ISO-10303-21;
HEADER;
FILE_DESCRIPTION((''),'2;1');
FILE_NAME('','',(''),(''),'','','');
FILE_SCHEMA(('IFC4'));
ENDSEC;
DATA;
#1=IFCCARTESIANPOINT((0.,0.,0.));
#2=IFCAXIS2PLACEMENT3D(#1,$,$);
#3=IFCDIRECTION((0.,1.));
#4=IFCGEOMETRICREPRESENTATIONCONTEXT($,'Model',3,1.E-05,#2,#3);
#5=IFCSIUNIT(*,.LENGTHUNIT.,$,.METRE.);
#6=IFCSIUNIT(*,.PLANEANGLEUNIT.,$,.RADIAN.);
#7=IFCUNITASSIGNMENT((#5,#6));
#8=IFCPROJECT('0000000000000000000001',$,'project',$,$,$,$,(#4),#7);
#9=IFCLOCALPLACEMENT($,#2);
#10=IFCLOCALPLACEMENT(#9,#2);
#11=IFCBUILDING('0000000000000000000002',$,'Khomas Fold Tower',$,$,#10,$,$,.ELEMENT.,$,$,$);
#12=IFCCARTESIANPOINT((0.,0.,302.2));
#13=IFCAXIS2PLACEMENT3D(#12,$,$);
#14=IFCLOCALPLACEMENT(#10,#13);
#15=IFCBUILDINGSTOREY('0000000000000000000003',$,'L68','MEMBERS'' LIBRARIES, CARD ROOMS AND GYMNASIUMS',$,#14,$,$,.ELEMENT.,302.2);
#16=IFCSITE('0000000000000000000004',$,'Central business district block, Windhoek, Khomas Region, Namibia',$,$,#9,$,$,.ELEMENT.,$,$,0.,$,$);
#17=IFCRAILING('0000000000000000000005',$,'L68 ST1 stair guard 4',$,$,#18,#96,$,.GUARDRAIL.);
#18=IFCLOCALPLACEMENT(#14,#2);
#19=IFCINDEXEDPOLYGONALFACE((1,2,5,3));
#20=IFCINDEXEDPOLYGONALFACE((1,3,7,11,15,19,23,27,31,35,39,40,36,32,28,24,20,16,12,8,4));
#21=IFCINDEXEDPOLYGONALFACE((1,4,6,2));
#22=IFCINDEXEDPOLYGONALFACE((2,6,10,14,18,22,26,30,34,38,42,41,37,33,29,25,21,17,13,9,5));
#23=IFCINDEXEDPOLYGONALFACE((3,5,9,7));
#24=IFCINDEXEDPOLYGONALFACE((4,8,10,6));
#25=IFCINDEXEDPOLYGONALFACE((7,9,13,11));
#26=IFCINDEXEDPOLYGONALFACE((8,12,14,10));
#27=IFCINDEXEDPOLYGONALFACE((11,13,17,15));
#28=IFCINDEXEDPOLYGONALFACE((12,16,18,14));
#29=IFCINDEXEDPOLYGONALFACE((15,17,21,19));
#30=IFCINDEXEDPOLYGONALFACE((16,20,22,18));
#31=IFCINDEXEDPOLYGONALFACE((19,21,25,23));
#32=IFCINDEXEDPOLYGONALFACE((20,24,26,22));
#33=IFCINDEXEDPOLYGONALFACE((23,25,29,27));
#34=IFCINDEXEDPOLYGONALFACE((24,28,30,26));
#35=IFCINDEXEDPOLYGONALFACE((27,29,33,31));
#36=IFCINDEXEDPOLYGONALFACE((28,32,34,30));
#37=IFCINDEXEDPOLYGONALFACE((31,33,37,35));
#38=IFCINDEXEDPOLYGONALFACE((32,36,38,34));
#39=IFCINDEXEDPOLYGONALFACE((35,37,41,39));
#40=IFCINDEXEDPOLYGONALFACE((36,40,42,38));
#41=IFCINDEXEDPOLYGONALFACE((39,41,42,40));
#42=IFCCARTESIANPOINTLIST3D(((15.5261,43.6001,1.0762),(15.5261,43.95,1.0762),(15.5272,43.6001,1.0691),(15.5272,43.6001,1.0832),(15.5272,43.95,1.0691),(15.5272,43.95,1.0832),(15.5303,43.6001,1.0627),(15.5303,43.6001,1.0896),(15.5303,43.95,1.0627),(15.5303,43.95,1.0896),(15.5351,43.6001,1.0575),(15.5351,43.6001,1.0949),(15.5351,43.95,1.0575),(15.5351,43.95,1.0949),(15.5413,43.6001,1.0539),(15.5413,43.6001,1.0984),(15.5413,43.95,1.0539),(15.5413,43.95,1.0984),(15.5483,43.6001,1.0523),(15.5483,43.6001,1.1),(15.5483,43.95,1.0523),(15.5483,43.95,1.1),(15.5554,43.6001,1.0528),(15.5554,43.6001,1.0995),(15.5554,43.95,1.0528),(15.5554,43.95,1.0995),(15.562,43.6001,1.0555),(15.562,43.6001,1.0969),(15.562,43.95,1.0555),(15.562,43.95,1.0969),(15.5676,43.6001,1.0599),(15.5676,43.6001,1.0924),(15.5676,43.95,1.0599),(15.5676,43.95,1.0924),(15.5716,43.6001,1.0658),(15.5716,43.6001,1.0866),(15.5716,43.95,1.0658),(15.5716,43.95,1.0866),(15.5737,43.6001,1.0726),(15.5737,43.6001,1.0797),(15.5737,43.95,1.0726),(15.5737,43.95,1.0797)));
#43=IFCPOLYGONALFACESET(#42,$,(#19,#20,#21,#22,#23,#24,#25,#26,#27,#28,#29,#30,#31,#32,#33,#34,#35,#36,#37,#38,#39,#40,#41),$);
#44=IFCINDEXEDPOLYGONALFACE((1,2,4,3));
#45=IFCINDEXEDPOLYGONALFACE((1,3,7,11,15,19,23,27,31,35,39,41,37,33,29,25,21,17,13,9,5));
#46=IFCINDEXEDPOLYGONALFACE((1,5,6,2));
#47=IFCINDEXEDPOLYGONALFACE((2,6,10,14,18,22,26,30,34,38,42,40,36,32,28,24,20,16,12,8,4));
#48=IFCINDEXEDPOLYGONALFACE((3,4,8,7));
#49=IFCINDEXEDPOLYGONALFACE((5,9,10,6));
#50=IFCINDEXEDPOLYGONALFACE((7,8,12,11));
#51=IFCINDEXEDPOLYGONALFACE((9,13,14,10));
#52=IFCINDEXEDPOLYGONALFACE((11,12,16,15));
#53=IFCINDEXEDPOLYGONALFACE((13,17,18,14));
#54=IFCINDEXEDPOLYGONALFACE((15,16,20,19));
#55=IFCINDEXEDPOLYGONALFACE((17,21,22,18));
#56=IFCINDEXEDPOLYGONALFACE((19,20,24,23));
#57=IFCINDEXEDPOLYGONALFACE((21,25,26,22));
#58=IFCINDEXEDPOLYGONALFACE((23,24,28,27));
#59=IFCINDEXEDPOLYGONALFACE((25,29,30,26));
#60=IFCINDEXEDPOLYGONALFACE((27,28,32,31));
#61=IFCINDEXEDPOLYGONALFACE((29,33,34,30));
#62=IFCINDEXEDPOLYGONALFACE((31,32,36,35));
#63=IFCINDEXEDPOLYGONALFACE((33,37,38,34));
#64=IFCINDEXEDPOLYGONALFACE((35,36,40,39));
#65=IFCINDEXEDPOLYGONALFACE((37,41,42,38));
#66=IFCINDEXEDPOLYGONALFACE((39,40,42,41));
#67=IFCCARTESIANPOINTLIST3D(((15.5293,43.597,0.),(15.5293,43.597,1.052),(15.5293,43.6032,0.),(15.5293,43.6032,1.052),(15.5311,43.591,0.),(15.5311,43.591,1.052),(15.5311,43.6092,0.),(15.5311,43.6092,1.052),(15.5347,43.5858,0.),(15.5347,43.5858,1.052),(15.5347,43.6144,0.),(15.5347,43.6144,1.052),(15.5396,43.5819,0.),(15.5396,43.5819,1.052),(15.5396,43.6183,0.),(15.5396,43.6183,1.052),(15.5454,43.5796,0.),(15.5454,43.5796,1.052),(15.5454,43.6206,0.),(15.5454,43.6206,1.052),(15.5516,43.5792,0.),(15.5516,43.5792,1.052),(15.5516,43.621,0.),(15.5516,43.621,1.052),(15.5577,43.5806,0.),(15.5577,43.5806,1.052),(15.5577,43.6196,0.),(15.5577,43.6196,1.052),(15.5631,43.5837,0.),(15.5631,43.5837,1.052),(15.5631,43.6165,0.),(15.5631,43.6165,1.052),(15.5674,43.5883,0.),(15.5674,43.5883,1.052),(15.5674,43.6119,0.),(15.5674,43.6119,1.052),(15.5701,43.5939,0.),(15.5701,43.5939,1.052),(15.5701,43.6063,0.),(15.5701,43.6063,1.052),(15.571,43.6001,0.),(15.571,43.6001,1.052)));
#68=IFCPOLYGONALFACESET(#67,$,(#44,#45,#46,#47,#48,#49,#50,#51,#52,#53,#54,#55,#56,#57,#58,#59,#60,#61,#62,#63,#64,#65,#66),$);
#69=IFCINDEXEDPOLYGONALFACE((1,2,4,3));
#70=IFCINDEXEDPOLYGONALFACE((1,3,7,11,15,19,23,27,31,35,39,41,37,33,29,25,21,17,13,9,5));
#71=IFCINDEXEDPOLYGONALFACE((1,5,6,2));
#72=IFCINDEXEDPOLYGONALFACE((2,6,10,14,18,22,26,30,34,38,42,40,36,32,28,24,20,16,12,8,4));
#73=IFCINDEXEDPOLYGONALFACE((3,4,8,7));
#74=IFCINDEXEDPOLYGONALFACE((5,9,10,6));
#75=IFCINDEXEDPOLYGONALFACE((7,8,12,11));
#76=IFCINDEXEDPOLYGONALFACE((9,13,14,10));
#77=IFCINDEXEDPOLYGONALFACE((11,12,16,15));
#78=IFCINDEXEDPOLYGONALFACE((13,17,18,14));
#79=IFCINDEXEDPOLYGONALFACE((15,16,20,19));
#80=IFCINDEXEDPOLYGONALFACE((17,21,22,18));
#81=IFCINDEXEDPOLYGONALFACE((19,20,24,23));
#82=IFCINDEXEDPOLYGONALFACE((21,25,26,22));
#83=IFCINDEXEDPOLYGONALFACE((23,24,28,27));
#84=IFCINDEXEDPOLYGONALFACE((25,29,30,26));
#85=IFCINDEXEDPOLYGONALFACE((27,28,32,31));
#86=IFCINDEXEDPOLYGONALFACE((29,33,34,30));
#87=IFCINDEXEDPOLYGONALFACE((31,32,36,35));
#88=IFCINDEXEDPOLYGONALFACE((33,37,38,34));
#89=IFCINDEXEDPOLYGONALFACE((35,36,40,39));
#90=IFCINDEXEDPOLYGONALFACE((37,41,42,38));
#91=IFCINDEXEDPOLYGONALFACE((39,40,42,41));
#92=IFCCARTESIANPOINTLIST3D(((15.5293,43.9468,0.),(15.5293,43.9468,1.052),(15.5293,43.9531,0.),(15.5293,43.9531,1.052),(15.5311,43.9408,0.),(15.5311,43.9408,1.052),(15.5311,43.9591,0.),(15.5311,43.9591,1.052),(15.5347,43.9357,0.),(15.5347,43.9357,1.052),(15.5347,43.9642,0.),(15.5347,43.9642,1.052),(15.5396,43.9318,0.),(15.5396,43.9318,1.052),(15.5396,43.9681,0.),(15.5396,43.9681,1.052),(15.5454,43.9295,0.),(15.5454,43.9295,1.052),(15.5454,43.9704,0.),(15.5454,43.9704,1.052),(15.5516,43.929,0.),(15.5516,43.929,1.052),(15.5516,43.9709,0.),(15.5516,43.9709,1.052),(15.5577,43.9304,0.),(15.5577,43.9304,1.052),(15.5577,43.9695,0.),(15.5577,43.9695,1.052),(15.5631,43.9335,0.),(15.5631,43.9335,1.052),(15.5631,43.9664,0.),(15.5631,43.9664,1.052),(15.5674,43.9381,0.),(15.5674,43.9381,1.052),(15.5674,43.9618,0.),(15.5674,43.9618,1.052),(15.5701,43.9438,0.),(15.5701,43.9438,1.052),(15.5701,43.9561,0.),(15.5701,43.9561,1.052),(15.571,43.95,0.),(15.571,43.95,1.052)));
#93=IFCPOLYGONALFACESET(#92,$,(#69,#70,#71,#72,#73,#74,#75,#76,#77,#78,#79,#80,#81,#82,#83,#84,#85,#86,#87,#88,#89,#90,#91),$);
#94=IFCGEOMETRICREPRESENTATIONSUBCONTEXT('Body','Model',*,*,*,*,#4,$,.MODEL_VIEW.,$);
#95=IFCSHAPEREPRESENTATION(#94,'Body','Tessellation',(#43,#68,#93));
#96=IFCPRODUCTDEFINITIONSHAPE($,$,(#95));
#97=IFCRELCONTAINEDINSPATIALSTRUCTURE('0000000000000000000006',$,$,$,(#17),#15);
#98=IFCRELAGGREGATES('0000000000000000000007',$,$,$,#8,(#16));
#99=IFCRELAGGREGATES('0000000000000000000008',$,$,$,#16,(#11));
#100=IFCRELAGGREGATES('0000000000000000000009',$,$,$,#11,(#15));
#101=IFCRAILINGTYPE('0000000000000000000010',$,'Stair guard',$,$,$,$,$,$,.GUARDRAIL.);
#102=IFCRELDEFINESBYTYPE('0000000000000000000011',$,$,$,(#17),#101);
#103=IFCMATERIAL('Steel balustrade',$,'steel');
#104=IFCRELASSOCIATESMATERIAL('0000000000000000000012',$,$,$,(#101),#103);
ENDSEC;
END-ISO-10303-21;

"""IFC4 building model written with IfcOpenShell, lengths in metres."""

from ifc_helpers import new_model, si_unit, direction, frame, origin, origin_2d, place, context, subcontext, project, spatial, circle, extrude, source, transform, mapped, material, type_object, element, save


model = new_model("IFC4")

# Units and contexts
model_context = context("Model", 3, precision=1e-05, world=origin(), true_north=direction((0.0, 1.0)))
body_context = subcontext(model_context, "Body", "Model", "MODEL_VIEW")
ifc_project = project(units=[si_unit("LENGTHUNIT", "METRE"), si_unit("PLANEANGLEUNIT", "RADIAN")], contexts=[model_context])

# Site, building, storey
site_placement = place(None, origin())
site = spatial("IfcSite", under=ifc_project, at=site_placement, Name="Central business district block, Windhoek, Khomas Region, Namibia", CompositionType="ELEMENT", RefElevation=0.0)
building_placement = place(site_placement, origin())
building = spatial("IfcBuilding", under=site, at=building_placement, Name="Khomas Fold Tower", CompositionType="ELEMENT")
storey_placement = place(building_placement, frame((0.0, 0.0, 302.2)))
storey = spatial("IfcBuildingStorey", under=building, at=storey_placement, Name="L68", Description="MEMBERS' LIBRARIES, CARD ROOMS AND GYMNASIUMS", CompositionType="ELEMENT", Elevation=302.2)

# Railing
ifc_material_1 = material(Name="Steel balustrade", Category="steel")
railing_type_1 = type_object("IfcRailingType", Name="Stair guard", PredefinedType="GUARDRAIL", material=ifc_material_1)
shared_shape_1 = source(origin(), body_context, "Body", "SweptSolid", [
    extrude(circle(Radius=0.0239, at=origin_2d()), frame((0.0, 0.0, 1.0762), z_axis=(0.0, 1.0, 0.0), x_axis=(-1.0, 0.0, 0.0)), (0.0, 0.0, 1.0), 0.3499),
    extrude(circle(Radius=0.021, at=origin_2d()), origin(), (0.0, 0.0, 1.0), 1.052),
    extrude(circle(Radius=0.021, at=origin_2d()), frame((0.0, 0.3499, 0.0)), (0.0, 0.0, 1.0), 1.052),
])
railing_1_placement = place(storey_placement, frame((15.55, 43.6001, 0.0)))
element("IfcRailing", 1, at=railing_1_placement, inside=storey, type_object=railing_type_1, Name="L68 ST1 stair guard 4", PredefinedType="GUARDRAIL", context=body_context, shape_type="MappedRepresentation", body=[
    mapped(shared_shape_1, transform((0.0, 0.0, 0.0))),
])

save(model, "model.ifc")
